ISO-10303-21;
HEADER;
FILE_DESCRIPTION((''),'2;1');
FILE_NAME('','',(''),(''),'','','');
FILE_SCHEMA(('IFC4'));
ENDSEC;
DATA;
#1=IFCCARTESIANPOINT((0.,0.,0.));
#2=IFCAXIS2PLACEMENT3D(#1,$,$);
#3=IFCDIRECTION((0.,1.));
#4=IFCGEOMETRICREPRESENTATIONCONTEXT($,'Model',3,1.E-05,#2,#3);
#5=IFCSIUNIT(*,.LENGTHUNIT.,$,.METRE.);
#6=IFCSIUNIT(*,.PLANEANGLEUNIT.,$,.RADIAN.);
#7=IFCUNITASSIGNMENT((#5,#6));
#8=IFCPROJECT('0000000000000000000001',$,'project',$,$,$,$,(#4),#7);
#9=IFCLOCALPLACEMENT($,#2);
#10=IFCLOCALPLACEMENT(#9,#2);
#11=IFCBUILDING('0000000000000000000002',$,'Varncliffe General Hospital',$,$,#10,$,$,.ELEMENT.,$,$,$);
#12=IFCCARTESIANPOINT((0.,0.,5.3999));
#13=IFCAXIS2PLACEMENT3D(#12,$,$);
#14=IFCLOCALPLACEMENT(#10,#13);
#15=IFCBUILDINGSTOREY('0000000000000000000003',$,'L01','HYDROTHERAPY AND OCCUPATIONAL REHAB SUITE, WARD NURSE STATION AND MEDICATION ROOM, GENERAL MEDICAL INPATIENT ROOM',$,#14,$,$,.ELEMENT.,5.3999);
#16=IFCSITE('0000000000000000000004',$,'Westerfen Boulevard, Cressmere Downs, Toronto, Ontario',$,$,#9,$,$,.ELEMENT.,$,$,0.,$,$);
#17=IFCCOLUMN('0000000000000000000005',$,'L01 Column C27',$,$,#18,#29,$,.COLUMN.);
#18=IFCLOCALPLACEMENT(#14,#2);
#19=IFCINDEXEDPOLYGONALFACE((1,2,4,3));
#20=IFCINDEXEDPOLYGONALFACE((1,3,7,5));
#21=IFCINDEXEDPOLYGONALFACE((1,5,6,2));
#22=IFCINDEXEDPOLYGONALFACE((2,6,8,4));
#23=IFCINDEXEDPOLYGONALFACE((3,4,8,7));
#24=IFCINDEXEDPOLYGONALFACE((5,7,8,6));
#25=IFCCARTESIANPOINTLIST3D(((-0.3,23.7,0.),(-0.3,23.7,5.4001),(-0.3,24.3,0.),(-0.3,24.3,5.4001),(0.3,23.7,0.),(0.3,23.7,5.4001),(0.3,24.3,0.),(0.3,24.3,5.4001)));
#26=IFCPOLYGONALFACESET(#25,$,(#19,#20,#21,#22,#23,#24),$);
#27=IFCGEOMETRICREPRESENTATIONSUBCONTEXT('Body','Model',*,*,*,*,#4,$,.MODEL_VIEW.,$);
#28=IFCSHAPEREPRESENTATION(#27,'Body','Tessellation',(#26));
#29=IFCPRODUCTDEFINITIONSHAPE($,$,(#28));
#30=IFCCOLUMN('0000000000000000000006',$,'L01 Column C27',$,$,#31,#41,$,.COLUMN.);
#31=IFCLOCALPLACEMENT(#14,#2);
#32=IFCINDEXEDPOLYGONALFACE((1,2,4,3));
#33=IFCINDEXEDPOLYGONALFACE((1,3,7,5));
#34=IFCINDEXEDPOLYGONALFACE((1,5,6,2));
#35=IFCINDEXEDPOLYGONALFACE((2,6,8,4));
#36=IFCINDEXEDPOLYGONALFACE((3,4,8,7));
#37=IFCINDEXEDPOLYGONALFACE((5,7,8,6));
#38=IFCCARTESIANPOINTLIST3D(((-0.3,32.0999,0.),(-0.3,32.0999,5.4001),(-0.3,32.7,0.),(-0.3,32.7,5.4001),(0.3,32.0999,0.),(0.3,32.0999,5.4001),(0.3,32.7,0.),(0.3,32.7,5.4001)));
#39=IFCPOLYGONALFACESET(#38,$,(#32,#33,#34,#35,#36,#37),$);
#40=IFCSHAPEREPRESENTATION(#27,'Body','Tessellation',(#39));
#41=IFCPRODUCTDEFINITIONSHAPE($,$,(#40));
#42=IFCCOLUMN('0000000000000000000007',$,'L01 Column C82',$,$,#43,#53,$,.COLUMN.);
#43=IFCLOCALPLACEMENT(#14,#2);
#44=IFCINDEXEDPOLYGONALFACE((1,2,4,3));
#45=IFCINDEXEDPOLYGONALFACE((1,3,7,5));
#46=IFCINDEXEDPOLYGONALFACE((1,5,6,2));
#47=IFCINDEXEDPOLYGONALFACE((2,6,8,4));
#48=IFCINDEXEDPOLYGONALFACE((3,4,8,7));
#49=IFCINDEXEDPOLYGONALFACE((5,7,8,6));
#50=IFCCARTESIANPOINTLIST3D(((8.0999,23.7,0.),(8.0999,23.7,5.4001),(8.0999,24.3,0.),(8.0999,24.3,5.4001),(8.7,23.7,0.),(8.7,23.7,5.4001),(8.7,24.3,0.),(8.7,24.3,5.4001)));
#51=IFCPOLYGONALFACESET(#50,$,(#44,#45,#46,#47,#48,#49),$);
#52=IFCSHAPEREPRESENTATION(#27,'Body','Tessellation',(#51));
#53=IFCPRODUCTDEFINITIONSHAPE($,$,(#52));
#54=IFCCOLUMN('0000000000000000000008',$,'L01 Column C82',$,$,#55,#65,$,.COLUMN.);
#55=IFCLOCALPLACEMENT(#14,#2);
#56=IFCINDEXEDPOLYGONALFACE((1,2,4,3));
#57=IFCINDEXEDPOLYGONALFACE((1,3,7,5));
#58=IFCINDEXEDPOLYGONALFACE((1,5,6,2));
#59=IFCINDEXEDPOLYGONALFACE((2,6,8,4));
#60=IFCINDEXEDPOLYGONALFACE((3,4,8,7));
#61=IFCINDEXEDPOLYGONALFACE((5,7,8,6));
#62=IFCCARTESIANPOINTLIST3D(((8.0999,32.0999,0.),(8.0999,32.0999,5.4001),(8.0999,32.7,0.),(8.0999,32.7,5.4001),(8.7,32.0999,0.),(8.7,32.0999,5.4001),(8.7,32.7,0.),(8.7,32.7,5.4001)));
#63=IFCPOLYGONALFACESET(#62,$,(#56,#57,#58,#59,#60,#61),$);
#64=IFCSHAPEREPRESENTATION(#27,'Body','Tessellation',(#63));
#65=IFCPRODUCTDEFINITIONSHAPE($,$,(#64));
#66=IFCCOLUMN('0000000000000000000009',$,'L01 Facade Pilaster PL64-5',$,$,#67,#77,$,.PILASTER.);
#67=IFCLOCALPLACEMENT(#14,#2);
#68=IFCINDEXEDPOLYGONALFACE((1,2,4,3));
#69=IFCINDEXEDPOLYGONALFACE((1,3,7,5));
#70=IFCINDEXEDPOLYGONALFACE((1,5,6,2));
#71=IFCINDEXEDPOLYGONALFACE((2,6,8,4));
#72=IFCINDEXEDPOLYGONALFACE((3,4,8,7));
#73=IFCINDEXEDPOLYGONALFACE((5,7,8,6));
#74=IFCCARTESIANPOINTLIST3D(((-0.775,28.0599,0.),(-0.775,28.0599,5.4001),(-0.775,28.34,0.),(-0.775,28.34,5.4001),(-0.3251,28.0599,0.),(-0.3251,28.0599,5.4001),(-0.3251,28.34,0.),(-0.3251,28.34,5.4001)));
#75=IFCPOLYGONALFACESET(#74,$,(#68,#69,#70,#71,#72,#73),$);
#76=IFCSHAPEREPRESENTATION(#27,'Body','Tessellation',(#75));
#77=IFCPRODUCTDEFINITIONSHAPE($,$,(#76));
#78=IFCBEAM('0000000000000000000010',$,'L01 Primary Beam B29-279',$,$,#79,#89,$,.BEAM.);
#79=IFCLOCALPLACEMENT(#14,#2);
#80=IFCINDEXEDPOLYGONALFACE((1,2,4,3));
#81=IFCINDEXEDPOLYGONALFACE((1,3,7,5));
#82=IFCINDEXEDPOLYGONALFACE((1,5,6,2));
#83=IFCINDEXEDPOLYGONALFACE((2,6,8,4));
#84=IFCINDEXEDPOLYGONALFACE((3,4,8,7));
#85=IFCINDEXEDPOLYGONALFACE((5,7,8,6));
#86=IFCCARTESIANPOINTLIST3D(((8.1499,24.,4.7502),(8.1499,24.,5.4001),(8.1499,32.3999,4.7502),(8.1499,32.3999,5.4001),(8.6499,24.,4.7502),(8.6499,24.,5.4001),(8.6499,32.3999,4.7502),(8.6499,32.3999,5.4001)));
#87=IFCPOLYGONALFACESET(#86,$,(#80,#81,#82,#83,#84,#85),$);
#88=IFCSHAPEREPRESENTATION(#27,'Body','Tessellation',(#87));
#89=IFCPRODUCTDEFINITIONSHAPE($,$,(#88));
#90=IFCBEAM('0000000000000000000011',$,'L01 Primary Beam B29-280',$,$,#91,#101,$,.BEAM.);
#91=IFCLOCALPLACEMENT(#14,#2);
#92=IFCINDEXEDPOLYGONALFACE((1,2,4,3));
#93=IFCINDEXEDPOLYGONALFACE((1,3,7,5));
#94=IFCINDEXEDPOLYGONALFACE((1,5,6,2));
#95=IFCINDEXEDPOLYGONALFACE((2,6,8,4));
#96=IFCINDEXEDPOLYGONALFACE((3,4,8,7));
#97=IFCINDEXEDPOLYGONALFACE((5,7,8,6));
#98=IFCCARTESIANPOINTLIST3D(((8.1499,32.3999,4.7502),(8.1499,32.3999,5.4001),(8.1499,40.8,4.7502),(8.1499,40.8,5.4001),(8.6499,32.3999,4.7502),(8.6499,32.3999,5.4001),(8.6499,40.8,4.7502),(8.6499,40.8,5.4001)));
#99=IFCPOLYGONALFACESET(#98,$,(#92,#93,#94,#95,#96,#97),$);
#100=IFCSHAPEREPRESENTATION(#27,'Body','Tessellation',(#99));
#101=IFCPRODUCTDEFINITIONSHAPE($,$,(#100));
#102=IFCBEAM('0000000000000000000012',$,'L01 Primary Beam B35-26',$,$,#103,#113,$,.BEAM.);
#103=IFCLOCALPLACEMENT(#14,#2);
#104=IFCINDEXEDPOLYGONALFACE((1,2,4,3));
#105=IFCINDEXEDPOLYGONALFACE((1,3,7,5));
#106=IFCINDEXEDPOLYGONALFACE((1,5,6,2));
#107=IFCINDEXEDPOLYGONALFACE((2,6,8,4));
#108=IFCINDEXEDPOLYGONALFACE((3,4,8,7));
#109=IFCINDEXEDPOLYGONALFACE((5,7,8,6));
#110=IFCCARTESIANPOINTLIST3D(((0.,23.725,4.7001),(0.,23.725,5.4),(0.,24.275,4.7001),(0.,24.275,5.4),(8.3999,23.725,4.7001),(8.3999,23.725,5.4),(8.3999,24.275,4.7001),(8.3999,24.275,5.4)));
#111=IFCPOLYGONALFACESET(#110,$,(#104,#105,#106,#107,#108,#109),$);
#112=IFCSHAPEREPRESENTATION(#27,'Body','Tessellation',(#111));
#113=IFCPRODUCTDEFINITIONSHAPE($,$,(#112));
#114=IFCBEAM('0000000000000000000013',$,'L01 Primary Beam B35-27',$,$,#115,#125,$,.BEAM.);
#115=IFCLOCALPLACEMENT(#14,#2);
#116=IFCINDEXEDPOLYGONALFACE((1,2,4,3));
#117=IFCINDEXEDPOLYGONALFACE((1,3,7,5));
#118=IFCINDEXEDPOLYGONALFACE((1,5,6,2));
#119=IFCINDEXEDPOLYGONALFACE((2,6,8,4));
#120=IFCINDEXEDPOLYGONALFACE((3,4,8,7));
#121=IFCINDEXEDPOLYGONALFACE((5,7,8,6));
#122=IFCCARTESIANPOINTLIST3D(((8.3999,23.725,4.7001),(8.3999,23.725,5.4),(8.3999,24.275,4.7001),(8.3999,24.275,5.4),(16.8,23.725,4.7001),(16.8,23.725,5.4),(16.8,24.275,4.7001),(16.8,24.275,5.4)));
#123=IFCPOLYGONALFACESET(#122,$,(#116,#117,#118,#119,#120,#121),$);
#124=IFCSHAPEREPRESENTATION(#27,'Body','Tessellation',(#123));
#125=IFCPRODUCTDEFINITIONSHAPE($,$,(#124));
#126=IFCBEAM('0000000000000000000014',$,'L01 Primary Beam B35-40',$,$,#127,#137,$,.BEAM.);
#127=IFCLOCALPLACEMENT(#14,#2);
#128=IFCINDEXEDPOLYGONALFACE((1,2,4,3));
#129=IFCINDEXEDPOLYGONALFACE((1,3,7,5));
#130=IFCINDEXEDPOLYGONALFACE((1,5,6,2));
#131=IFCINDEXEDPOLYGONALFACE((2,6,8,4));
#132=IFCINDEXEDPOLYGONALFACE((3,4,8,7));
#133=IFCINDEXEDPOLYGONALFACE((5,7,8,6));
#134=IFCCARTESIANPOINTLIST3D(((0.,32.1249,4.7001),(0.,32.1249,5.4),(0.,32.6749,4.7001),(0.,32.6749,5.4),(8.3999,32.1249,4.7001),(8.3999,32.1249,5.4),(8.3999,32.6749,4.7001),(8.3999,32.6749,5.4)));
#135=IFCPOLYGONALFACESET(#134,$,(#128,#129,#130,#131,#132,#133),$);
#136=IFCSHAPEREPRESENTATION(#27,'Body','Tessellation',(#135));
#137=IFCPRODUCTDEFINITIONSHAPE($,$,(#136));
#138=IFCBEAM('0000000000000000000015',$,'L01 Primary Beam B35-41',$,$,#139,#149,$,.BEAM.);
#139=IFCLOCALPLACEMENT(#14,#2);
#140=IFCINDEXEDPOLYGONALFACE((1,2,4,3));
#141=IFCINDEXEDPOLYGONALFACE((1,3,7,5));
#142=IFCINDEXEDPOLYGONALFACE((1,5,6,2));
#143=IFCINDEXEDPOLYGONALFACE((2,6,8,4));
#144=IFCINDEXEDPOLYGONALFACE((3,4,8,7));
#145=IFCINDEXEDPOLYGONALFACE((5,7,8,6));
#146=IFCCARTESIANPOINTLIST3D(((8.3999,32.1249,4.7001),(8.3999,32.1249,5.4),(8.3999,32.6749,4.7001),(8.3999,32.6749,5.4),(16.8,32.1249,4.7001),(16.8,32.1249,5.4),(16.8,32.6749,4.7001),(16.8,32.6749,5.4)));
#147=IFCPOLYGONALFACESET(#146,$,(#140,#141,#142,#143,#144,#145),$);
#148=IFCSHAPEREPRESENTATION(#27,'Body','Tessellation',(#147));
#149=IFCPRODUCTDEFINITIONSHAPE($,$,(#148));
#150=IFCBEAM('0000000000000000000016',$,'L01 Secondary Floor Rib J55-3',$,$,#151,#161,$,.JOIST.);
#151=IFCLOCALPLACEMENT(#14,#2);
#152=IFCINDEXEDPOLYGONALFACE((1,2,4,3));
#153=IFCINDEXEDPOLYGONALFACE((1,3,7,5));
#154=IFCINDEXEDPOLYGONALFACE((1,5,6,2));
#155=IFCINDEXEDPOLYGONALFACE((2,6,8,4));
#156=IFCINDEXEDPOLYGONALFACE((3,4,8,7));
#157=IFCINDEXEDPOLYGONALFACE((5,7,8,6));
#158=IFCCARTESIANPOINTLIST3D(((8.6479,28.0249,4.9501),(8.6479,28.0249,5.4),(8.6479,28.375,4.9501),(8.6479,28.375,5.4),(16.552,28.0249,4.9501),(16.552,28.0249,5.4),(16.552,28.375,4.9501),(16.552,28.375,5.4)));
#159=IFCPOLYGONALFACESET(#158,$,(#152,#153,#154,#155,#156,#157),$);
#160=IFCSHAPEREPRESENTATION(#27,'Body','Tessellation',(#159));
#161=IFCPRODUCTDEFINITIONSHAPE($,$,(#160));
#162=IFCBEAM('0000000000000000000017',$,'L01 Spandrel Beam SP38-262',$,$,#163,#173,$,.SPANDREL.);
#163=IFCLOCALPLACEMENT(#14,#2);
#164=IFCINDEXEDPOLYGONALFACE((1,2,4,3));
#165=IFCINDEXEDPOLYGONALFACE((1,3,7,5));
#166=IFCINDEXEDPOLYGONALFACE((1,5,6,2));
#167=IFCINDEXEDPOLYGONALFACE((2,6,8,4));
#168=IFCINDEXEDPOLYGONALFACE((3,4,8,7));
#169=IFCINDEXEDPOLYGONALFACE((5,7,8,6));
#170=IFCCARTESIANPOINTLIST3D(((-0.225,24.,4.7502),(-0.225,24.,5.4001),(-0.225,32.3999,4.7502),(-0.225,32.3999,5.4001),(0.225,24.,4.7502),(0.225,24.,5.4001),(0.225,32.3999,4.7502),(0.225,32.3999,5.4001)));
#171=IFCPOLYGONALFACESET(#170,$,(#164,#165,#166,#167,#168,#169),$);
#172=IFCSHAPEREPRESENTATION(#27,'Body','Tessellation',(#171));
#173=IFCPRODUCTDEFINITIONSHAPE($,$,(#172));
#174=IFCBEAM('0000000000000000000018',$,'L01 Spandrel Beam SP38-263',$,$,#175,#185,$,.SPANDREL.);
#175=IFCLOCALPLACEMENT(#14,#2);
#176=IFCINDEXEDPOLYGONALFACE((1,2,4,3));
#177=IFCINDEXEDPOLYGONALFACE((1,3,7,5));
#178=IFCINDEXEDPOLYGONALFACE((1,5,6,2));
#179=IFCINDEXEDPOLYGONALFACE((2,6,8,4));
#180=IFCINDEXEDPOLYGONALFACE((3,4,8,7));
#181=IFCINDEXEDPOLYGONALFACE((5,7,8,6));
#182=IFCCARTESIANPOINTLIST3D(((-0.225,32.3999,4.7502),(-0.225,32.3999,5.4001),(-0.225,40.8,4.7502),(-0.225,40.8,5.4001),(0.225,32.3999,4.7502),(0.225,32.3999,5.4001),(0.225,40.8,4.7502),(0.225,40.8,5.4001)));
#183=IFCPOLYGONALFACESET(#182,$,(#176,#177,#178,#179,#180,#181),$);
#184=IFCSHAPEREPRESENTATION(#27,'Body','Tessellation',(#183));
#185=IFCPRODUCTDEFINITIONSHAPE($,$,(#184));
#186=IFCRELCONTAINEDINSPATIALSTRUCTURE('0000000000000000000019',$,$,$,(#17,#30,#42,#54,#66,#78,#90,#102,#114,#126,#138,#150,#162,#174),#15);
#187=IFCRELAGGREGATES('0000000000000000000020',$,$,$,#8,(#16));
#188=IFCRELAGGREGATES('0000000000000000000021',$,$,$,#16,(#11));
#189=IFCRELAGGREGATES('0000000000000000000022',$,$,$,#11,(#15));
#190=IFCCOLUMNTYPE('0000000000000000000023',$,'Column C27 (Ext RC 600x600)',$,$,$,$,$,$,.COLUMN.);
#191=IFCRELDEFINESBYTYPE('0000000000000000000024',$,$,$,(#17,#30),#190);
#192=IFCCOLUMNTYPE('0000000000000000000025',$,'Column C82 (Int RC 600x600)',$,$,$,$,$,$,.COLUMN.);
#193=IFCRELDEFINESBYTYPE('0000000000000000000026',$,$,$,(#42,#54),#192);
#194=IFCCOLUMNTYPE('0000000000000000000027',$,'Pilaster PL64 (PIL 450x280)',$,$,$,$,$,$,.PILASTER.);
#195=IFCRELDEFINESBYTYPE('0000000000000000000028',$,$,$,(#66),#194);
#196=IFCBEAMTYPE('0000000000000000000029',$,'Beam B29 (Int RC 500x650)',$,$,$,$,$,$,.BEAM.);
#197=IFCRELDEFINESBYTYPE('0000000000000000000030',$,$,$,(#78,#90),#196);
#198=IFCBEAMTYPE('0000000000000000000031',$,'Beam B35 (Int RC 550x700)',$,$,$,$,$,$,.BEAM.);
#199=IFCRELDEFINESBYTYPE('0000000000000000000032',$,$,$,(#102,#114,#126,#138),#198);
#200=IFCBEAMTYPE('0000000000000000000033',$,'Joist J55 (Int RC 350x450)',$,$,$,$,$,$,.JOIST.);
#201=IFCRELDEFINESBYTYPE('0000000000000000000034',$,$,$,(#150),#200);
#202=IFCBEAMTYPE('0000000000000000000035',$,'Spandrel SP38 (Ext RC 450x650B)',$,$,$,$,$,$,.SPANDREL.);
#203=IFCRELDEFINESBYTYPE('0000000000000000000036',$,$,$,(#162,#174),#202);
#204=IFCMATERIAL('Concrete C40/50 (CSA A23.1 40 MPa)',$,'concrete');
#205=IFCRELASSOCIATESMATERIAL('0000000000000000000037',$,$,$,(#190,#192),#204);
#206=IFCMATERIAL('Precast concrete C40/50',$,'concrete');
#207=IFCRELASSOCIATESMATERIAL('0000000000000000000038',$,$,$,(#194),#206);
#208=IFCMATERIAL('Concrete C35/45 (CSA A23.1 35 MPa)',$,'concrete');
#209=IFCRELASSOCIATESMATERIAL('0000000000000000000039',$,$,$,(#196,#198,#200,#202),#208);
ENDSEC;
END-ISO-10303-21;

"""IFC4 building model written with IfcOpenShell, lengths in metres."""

from ifc_helpers import new_model, si_unit, direction, frame, origin, origin_2d, place, context, subcontext, project, spatial, rectangle, extrude, material, material_profile, profile_set, type_object, element, save


model = new_model("IFC4")

# Units and contexts
model_context = context("Model", 3, precision=1e-05, world=origin(), true_north=direction((0.0, 1.0)))
body_context = subcontext(model_context, "Body", "Model", "MODEL_VIEW")
ifc_project = project(units=[si_unit("LENGTHUNIT", "METRE"), si_unit("PLANEANGLEUNIT", "RADIAN")], contexts=[model_context])

# Site, building, storey
site_placement = place(None, origin())
site = spatial("IfcSite", under=ifc_project, at=site_placement, Name="Westerfen Boulevard, Cressmere Downs, Toronto, Ontario", CompositionType="ELEMENT", RefElevation=0.0)
building_placement = place(site_placement, origin())
building = spatial("IfcBuilding", under=site, at=building_placement, Name="Varncliffe General Hospital", CompositionType="ELEMENT")
storey_placement = place(building_placement, frame((0.0, 0.0, 5.3999)))
storey = spatial("IfcBuildingStorey", under=building, at=storey_placement, Name="L01", Description="HYDROTHERAPY AND OCCUPATIONAL REHAB SUITE, WARD NURSE STATION AND MEDICATION ROOM, GENERAL MEDICAL INPATIENT ROOM", CompositionType="ELEMENT", Elevation=5.3999)

# Columns
ifc_material_1 = material(Name="Concrete C40/50 (CSA A23.1 40 MPa)", Category="concrete")
ifc_material_profile_1 = material_profile(ifc_material_1, rectangle(XDim=0.6001, YDim=0.6001, at=origin_2d()), Name="RC 600x600")
ifc_profile_set_1 = profile_set([ifc_material_profile_1], Name="Concrete C40/50 (CSA A23.1 40 MPa)")
column_type_1 = type_object("IfcColumnType", Name="Column C27 (Ext RC 600x600)", PredefinedType="COLUMN", material=ifc_profile_set_1)
for number, where, z_axis, x_axis, name in (
    (1, (0.0, 24.0, 0.0), (0.0, 0.0, 1.0), (1.0, 0.0, 0.0), "L01 Column C27"),
    (2, (0.0, 32.3999, 0.0), (0.0, 0.0, 1.0), (1.0, 0.0, 0.0), "L01 Column C27"),
):
    element("IfcColumn", number, at=place(storey_placement, frame(where, z_axis=z_axis, x_axis=x_axis)), inside=storey, type_object=column_type_1, Name=name, PredefinedType="COLUMN", context=body_context, shape_type="SweptSolid", body=[
        extrude(rectangle(XDim=0.6001, YDim=0.6001, at=origin_2d()), origin(), (0.0, 0.0, 1.0), 5.4001),
    ])
ifc_material_profile_2 = material_profile(ifc_material_1, rectangle(XDim=0.6001, YDim=0.6001, at=origin_2d()), Name="RC 600x600")
ifc_profile_set_2 = profile_set([ifc_material_profile_2], Name="Concrete C40/50 (CSA A23.1 40 MPa)")
column_type_2 = type_object("IfcColumnType", Name="Column C82 (Int RC 600x600)", PredefinedType="COLUMN", material=ifc_profile_set_2)
for number, where, z_axis, x_axis, name in (
    (3, (8.3999, 24.0, 0.0), (0.0, 0.0, 1.0), (1.0, 0.0, 0.0), "L01 Column C82"),
    (4, (8.3999, 32.3999, 0.0), (0.0, 0.0, 1.0), (1.0, 0.0, 0.0), "L01 Column C82"),
):
    element("IfcColumn", number, at=place(storey_placement, frame(where, z_axis=z_axis, x_axis=x_axis)), inside=storey, type_object=column_type_2, Name=name, PredefinedType="COLUMN", context=body_context, shape_type="SweptSolid", body=[
        extrude(rectangle(XDim=0.6001, YDim=0.6001, at=origin_2d()), origin(), (0.0, 0.0, 1.0), 5.4001),
    ])
ifc_material_2 = material(Name="Precast concrete C40/50", Category="concrete")
ifc_material_profile_3 = material_profile(ifc_material_2, rectangle(XDim=0.45, YDim=0.28, at=origin_2d()), Name="PIL 450x280")
ifc_profile_set_3 = profile_set([ifc_material_profile_3], Name="Precast concrete C40/50")
column_type_3 = type_object("IfcColumnType", Name="Pilaster PL64 (PIL 450x280)", PredefinedType="PILASTER", material=ifc_profile_set_3)
column_placement = place(storey_placement, frame((-0.55, 28.2, 0.0), z_axis=(0.0, 0.0, 1.0), x_axis=(1.0, 0.0, 0.0)))
element("IfcColumn", 5, at=column_placement, inside=storey, type_object=column_type_3, Name="L01 Facade Pilaster PL64-5", PredefinedType="PILASTER", context=body_context, shape_type="SweptSolid", body=[
    extrude(rectangle(XDim=0.45, YDim=0.28, at=origin_2d()), origin(), (0.0, 0.0, 1.0), 5.4001),
])

# Beams
ifc_material_3 = material(Name="Concrete C35/45 (CSA A23.1 35 MPa)", Category="concrete")
ifc_material_profile_4 = material_profile(ifc_material_3, rectangle(XDim=0.5, YDim=0.6499, at=origin_2d()), Name="RC 500x650")
ifc_profile_set_4 = profile_set([ifc_material_profile_4], Name="Concrete C35/45 (CSA A23.1 35 MPa)")
beam_type_1 = type_object("IfcBeamType", Name="Beam B29 (Int RC 500x650)", PredefinedType="BEAM", material=ifc_profile_set_4)
beam_1_placement = place(storey_placement, frame((8.3999, 24.0, 5.0752), z_axis=(0.0, 1.0, 0.0), x_axis=(-1.0, 0.0, 0.0)))
element("IfcBeam", 6, at=beam_1_placement, inside=storey, type_object=beam_type_1, Name="L01 Primary Beam B29-279", PredefinedType="BEAM", context=body_context, shape_type="SweptSolid", body=[
    extrude(rectangle(XDim=0.5, YDim=0.6499, at=origin_2d()), origin(), (0.0, 0.0, 1.0), 8.3999),
])
beam_2_placement = place(storey_placement, frame((8.3999, 32.3999, 5.0752), z_axis=(0.0, 1.0, 0.0), x_axis=(-1.0, 0.0, 0.0)))
element("IfcBeam", 7, at=beam_2_placement, inside=storey, type_object=beam_type_1, Name="L01 Primary Beam B29-280", PredefinedType="BEAM", context=body_context, shape_type="SweptSolid", body=[
    extrude(rectangle(XDim=0.5, YDim=0.6499, at=origin_2d()), origin(), (0.0, 0.0, 1.0), 8.4001),
])
ifc_material_profile_5 = material_profile(ifc_material_3, rectangle(XDim=0.55, YDim=0.7, at=origin_2d()), Name="RC 550x700")
ifc_profile_set_5 = profile_set([ifc_material_profile_5], Name="Concrete C35/45 (CSA A23.1 35 MPa)")
beam_type_2 = type_object("IfcBeamType", Name="Beam B35 (Int RC 550x700)", PredefinedType="BEAM", material=ifc_profile_set_5)
beam_3_placement = place(storey_placement, frame((0.0, 24.0, 5.05), z_axis=(1.0, 0.0, 0.0), x_axis=(0.0, 1.0, 0.0)))
element("IfcBeam", 8, at=beam_3_placement, inside=storey, type_object=beam_type_2, Name="L01 Primary Beam B35-26", PredefinedType="BEAM", context=body_context, shape_type="SweptSolid", body=[
    extrude(rectangle(XDim=0.55, YDim=0.7, at=origin_2d()), origin(), (0.0, 0.0, 1.0), 8.3999),
])
beam_4_placement = place(storey_placement, frame((8.3999, 24.0, 5.05), z_axis=(1.0, 0.0, 0.0), x_axis=(0.0, 1.0, 0.0)))
element("IfcBeam", 9, at=beam_4_placement, inside=storey, type_object=beam_type_2, Name="L01 Primary Beam B35-27", PredefinedType="BEAM", context=body_context, shape_type="SweptSolid", body=[
    extrude(rectangle(XDim=0.55, YDim=0.7, at=origin_2d()), origin(), (0.0, 0.0, 1.0), 8.4001),
])
beam_5_placement = place(storey_placement, frame((0.0, 32.3999, 5.05), z_axis=(1.0, 0.0, 0.0), x_axis=(0.0, 1.0, 0.0)))
element("IfcBeam", 10, at=beam_5_placement, inside=storey, type_object=beam_type_2, Name="L01 Primary Beam B35-40", PredefinedType="BEAM", context=body_context, shape_type="SweptSolid", body=[
    extrude(rectangle(XDim=0.55, YDim=0.7, at=origin_2d()), origin(), (0.0, 0.0, 1.0), 8.3999),
])
beam_6_placement = place(storey_placement, frame((8.3999, 32.3999, 5.05), z_axis=(1.0, 0.0, 0.0), x_axis=(0.0, 1.0, 0.0)))
element("IfcBeam", 11, at=beam_6_placement, inside=storey, type_object=beam_type_2, Name="L01 Primary Beam B35-41", PredefinedType="BEAM", context=body_context, shape_type="SweptSolid", body=[
    extrude(rectangle(XDim=0.55, YDim=0.7, at=origin_2d()), origin(), (0.0, 0.0, 1.0), 8.4001),
])
ifc_material_profile_6 = material_profile(ifc_material_3, rectangle(XDim=0.3501, YDim=0.45, at=origin_2d()), Name="RC 350x450")
ifc_profile_set_6 = profile_set([ifc_material_profile_6], Name="Concrete C35/45 (CSA A23.1 35 MPa)")
beam_type_3 = type_object("IfcBeamType", Name="Joist J55 (Int RC 350x450)", PredefinedType="JOIST", material=ifc_profile_set_6)
beam_7_placement = place(storey_placement, frame((8.6479, 28.2, 5.175), z_axis=(1.0, 0.0, 0.0), x_axis=(0.0, 1.0, 0.0)))
element("IfcBeam", 12, at=beam_7_placement, inside=storey, type_object=beam_type_3, Name="L01 Secondary Floor Rib J55-3", PredefinedType="JOIST", context=body_context, shape_type="SweptSolid", body=[
    extrude(rectangle(XDim=0.3501, YDim=0.45, at=origin_2d()), origin(), (0.0, 0.0, 1.0), 7.9041),
])
ifc_material_profile_7 = material_profile(ifc_material_3, rectangle(XDim=0.45, YDim=0.6499, at=origin_2d()), Name="RC 450x650")
ifc_profile_set_7 = profile_set([ifc_material_profile_7], Name="Concrete C35/45 (CSA A23.1 35 MPa)")
beam_type_4 = type_object("IfcBeamType", Name="Spandrel SP38 (Ext RC 450x650B)", PredefinedType="SPANDREL", material=ifc_profile_set_7)
beam_8_placement = place(storey_placement, frame((0.0, 24.0, 5.0752), z_axis=(0.0, 1.0, 0.0), x_axis=(-1.0, 0.0, 0.0)))
element("IfcBeam", 13, at=beam_8_placement, inside=storey, type_object=beam_type_4, Name="L01 Spandrel Beam SP38-262", PredefinedType="SPANDREL", context=body_context, shape_type="SweptSolid", body=[
    extrude(rectangle(XDim=0.45, YDim=0.6499, at=origin_2d()), origin(), (0.0, 0.0, 1.0), 8.3999),
])
beam_9_placement = place(storey_placement, frame((0.0, 32.3999, 5.0752), z_axis=(0.0, 1.0, 0.0), x_axis=(-1.0, 0.0, 0.0)))
element("IfcBeam", 14, at=beam_9_placement, inside=storey, type_object=beam_type_4, Name="L01 Spandrel Beam SP38-263", PredefinedType="SPANDREL", context=body_context, shape_type="SweptSolid", body=[
    extrude(rectangle(XDim=0.45, YDim=0.6499, at=origin_2d()), origin(), (0.0, 0.0, 1.0), 8.4001),
])

save(model, "model.ifc")
